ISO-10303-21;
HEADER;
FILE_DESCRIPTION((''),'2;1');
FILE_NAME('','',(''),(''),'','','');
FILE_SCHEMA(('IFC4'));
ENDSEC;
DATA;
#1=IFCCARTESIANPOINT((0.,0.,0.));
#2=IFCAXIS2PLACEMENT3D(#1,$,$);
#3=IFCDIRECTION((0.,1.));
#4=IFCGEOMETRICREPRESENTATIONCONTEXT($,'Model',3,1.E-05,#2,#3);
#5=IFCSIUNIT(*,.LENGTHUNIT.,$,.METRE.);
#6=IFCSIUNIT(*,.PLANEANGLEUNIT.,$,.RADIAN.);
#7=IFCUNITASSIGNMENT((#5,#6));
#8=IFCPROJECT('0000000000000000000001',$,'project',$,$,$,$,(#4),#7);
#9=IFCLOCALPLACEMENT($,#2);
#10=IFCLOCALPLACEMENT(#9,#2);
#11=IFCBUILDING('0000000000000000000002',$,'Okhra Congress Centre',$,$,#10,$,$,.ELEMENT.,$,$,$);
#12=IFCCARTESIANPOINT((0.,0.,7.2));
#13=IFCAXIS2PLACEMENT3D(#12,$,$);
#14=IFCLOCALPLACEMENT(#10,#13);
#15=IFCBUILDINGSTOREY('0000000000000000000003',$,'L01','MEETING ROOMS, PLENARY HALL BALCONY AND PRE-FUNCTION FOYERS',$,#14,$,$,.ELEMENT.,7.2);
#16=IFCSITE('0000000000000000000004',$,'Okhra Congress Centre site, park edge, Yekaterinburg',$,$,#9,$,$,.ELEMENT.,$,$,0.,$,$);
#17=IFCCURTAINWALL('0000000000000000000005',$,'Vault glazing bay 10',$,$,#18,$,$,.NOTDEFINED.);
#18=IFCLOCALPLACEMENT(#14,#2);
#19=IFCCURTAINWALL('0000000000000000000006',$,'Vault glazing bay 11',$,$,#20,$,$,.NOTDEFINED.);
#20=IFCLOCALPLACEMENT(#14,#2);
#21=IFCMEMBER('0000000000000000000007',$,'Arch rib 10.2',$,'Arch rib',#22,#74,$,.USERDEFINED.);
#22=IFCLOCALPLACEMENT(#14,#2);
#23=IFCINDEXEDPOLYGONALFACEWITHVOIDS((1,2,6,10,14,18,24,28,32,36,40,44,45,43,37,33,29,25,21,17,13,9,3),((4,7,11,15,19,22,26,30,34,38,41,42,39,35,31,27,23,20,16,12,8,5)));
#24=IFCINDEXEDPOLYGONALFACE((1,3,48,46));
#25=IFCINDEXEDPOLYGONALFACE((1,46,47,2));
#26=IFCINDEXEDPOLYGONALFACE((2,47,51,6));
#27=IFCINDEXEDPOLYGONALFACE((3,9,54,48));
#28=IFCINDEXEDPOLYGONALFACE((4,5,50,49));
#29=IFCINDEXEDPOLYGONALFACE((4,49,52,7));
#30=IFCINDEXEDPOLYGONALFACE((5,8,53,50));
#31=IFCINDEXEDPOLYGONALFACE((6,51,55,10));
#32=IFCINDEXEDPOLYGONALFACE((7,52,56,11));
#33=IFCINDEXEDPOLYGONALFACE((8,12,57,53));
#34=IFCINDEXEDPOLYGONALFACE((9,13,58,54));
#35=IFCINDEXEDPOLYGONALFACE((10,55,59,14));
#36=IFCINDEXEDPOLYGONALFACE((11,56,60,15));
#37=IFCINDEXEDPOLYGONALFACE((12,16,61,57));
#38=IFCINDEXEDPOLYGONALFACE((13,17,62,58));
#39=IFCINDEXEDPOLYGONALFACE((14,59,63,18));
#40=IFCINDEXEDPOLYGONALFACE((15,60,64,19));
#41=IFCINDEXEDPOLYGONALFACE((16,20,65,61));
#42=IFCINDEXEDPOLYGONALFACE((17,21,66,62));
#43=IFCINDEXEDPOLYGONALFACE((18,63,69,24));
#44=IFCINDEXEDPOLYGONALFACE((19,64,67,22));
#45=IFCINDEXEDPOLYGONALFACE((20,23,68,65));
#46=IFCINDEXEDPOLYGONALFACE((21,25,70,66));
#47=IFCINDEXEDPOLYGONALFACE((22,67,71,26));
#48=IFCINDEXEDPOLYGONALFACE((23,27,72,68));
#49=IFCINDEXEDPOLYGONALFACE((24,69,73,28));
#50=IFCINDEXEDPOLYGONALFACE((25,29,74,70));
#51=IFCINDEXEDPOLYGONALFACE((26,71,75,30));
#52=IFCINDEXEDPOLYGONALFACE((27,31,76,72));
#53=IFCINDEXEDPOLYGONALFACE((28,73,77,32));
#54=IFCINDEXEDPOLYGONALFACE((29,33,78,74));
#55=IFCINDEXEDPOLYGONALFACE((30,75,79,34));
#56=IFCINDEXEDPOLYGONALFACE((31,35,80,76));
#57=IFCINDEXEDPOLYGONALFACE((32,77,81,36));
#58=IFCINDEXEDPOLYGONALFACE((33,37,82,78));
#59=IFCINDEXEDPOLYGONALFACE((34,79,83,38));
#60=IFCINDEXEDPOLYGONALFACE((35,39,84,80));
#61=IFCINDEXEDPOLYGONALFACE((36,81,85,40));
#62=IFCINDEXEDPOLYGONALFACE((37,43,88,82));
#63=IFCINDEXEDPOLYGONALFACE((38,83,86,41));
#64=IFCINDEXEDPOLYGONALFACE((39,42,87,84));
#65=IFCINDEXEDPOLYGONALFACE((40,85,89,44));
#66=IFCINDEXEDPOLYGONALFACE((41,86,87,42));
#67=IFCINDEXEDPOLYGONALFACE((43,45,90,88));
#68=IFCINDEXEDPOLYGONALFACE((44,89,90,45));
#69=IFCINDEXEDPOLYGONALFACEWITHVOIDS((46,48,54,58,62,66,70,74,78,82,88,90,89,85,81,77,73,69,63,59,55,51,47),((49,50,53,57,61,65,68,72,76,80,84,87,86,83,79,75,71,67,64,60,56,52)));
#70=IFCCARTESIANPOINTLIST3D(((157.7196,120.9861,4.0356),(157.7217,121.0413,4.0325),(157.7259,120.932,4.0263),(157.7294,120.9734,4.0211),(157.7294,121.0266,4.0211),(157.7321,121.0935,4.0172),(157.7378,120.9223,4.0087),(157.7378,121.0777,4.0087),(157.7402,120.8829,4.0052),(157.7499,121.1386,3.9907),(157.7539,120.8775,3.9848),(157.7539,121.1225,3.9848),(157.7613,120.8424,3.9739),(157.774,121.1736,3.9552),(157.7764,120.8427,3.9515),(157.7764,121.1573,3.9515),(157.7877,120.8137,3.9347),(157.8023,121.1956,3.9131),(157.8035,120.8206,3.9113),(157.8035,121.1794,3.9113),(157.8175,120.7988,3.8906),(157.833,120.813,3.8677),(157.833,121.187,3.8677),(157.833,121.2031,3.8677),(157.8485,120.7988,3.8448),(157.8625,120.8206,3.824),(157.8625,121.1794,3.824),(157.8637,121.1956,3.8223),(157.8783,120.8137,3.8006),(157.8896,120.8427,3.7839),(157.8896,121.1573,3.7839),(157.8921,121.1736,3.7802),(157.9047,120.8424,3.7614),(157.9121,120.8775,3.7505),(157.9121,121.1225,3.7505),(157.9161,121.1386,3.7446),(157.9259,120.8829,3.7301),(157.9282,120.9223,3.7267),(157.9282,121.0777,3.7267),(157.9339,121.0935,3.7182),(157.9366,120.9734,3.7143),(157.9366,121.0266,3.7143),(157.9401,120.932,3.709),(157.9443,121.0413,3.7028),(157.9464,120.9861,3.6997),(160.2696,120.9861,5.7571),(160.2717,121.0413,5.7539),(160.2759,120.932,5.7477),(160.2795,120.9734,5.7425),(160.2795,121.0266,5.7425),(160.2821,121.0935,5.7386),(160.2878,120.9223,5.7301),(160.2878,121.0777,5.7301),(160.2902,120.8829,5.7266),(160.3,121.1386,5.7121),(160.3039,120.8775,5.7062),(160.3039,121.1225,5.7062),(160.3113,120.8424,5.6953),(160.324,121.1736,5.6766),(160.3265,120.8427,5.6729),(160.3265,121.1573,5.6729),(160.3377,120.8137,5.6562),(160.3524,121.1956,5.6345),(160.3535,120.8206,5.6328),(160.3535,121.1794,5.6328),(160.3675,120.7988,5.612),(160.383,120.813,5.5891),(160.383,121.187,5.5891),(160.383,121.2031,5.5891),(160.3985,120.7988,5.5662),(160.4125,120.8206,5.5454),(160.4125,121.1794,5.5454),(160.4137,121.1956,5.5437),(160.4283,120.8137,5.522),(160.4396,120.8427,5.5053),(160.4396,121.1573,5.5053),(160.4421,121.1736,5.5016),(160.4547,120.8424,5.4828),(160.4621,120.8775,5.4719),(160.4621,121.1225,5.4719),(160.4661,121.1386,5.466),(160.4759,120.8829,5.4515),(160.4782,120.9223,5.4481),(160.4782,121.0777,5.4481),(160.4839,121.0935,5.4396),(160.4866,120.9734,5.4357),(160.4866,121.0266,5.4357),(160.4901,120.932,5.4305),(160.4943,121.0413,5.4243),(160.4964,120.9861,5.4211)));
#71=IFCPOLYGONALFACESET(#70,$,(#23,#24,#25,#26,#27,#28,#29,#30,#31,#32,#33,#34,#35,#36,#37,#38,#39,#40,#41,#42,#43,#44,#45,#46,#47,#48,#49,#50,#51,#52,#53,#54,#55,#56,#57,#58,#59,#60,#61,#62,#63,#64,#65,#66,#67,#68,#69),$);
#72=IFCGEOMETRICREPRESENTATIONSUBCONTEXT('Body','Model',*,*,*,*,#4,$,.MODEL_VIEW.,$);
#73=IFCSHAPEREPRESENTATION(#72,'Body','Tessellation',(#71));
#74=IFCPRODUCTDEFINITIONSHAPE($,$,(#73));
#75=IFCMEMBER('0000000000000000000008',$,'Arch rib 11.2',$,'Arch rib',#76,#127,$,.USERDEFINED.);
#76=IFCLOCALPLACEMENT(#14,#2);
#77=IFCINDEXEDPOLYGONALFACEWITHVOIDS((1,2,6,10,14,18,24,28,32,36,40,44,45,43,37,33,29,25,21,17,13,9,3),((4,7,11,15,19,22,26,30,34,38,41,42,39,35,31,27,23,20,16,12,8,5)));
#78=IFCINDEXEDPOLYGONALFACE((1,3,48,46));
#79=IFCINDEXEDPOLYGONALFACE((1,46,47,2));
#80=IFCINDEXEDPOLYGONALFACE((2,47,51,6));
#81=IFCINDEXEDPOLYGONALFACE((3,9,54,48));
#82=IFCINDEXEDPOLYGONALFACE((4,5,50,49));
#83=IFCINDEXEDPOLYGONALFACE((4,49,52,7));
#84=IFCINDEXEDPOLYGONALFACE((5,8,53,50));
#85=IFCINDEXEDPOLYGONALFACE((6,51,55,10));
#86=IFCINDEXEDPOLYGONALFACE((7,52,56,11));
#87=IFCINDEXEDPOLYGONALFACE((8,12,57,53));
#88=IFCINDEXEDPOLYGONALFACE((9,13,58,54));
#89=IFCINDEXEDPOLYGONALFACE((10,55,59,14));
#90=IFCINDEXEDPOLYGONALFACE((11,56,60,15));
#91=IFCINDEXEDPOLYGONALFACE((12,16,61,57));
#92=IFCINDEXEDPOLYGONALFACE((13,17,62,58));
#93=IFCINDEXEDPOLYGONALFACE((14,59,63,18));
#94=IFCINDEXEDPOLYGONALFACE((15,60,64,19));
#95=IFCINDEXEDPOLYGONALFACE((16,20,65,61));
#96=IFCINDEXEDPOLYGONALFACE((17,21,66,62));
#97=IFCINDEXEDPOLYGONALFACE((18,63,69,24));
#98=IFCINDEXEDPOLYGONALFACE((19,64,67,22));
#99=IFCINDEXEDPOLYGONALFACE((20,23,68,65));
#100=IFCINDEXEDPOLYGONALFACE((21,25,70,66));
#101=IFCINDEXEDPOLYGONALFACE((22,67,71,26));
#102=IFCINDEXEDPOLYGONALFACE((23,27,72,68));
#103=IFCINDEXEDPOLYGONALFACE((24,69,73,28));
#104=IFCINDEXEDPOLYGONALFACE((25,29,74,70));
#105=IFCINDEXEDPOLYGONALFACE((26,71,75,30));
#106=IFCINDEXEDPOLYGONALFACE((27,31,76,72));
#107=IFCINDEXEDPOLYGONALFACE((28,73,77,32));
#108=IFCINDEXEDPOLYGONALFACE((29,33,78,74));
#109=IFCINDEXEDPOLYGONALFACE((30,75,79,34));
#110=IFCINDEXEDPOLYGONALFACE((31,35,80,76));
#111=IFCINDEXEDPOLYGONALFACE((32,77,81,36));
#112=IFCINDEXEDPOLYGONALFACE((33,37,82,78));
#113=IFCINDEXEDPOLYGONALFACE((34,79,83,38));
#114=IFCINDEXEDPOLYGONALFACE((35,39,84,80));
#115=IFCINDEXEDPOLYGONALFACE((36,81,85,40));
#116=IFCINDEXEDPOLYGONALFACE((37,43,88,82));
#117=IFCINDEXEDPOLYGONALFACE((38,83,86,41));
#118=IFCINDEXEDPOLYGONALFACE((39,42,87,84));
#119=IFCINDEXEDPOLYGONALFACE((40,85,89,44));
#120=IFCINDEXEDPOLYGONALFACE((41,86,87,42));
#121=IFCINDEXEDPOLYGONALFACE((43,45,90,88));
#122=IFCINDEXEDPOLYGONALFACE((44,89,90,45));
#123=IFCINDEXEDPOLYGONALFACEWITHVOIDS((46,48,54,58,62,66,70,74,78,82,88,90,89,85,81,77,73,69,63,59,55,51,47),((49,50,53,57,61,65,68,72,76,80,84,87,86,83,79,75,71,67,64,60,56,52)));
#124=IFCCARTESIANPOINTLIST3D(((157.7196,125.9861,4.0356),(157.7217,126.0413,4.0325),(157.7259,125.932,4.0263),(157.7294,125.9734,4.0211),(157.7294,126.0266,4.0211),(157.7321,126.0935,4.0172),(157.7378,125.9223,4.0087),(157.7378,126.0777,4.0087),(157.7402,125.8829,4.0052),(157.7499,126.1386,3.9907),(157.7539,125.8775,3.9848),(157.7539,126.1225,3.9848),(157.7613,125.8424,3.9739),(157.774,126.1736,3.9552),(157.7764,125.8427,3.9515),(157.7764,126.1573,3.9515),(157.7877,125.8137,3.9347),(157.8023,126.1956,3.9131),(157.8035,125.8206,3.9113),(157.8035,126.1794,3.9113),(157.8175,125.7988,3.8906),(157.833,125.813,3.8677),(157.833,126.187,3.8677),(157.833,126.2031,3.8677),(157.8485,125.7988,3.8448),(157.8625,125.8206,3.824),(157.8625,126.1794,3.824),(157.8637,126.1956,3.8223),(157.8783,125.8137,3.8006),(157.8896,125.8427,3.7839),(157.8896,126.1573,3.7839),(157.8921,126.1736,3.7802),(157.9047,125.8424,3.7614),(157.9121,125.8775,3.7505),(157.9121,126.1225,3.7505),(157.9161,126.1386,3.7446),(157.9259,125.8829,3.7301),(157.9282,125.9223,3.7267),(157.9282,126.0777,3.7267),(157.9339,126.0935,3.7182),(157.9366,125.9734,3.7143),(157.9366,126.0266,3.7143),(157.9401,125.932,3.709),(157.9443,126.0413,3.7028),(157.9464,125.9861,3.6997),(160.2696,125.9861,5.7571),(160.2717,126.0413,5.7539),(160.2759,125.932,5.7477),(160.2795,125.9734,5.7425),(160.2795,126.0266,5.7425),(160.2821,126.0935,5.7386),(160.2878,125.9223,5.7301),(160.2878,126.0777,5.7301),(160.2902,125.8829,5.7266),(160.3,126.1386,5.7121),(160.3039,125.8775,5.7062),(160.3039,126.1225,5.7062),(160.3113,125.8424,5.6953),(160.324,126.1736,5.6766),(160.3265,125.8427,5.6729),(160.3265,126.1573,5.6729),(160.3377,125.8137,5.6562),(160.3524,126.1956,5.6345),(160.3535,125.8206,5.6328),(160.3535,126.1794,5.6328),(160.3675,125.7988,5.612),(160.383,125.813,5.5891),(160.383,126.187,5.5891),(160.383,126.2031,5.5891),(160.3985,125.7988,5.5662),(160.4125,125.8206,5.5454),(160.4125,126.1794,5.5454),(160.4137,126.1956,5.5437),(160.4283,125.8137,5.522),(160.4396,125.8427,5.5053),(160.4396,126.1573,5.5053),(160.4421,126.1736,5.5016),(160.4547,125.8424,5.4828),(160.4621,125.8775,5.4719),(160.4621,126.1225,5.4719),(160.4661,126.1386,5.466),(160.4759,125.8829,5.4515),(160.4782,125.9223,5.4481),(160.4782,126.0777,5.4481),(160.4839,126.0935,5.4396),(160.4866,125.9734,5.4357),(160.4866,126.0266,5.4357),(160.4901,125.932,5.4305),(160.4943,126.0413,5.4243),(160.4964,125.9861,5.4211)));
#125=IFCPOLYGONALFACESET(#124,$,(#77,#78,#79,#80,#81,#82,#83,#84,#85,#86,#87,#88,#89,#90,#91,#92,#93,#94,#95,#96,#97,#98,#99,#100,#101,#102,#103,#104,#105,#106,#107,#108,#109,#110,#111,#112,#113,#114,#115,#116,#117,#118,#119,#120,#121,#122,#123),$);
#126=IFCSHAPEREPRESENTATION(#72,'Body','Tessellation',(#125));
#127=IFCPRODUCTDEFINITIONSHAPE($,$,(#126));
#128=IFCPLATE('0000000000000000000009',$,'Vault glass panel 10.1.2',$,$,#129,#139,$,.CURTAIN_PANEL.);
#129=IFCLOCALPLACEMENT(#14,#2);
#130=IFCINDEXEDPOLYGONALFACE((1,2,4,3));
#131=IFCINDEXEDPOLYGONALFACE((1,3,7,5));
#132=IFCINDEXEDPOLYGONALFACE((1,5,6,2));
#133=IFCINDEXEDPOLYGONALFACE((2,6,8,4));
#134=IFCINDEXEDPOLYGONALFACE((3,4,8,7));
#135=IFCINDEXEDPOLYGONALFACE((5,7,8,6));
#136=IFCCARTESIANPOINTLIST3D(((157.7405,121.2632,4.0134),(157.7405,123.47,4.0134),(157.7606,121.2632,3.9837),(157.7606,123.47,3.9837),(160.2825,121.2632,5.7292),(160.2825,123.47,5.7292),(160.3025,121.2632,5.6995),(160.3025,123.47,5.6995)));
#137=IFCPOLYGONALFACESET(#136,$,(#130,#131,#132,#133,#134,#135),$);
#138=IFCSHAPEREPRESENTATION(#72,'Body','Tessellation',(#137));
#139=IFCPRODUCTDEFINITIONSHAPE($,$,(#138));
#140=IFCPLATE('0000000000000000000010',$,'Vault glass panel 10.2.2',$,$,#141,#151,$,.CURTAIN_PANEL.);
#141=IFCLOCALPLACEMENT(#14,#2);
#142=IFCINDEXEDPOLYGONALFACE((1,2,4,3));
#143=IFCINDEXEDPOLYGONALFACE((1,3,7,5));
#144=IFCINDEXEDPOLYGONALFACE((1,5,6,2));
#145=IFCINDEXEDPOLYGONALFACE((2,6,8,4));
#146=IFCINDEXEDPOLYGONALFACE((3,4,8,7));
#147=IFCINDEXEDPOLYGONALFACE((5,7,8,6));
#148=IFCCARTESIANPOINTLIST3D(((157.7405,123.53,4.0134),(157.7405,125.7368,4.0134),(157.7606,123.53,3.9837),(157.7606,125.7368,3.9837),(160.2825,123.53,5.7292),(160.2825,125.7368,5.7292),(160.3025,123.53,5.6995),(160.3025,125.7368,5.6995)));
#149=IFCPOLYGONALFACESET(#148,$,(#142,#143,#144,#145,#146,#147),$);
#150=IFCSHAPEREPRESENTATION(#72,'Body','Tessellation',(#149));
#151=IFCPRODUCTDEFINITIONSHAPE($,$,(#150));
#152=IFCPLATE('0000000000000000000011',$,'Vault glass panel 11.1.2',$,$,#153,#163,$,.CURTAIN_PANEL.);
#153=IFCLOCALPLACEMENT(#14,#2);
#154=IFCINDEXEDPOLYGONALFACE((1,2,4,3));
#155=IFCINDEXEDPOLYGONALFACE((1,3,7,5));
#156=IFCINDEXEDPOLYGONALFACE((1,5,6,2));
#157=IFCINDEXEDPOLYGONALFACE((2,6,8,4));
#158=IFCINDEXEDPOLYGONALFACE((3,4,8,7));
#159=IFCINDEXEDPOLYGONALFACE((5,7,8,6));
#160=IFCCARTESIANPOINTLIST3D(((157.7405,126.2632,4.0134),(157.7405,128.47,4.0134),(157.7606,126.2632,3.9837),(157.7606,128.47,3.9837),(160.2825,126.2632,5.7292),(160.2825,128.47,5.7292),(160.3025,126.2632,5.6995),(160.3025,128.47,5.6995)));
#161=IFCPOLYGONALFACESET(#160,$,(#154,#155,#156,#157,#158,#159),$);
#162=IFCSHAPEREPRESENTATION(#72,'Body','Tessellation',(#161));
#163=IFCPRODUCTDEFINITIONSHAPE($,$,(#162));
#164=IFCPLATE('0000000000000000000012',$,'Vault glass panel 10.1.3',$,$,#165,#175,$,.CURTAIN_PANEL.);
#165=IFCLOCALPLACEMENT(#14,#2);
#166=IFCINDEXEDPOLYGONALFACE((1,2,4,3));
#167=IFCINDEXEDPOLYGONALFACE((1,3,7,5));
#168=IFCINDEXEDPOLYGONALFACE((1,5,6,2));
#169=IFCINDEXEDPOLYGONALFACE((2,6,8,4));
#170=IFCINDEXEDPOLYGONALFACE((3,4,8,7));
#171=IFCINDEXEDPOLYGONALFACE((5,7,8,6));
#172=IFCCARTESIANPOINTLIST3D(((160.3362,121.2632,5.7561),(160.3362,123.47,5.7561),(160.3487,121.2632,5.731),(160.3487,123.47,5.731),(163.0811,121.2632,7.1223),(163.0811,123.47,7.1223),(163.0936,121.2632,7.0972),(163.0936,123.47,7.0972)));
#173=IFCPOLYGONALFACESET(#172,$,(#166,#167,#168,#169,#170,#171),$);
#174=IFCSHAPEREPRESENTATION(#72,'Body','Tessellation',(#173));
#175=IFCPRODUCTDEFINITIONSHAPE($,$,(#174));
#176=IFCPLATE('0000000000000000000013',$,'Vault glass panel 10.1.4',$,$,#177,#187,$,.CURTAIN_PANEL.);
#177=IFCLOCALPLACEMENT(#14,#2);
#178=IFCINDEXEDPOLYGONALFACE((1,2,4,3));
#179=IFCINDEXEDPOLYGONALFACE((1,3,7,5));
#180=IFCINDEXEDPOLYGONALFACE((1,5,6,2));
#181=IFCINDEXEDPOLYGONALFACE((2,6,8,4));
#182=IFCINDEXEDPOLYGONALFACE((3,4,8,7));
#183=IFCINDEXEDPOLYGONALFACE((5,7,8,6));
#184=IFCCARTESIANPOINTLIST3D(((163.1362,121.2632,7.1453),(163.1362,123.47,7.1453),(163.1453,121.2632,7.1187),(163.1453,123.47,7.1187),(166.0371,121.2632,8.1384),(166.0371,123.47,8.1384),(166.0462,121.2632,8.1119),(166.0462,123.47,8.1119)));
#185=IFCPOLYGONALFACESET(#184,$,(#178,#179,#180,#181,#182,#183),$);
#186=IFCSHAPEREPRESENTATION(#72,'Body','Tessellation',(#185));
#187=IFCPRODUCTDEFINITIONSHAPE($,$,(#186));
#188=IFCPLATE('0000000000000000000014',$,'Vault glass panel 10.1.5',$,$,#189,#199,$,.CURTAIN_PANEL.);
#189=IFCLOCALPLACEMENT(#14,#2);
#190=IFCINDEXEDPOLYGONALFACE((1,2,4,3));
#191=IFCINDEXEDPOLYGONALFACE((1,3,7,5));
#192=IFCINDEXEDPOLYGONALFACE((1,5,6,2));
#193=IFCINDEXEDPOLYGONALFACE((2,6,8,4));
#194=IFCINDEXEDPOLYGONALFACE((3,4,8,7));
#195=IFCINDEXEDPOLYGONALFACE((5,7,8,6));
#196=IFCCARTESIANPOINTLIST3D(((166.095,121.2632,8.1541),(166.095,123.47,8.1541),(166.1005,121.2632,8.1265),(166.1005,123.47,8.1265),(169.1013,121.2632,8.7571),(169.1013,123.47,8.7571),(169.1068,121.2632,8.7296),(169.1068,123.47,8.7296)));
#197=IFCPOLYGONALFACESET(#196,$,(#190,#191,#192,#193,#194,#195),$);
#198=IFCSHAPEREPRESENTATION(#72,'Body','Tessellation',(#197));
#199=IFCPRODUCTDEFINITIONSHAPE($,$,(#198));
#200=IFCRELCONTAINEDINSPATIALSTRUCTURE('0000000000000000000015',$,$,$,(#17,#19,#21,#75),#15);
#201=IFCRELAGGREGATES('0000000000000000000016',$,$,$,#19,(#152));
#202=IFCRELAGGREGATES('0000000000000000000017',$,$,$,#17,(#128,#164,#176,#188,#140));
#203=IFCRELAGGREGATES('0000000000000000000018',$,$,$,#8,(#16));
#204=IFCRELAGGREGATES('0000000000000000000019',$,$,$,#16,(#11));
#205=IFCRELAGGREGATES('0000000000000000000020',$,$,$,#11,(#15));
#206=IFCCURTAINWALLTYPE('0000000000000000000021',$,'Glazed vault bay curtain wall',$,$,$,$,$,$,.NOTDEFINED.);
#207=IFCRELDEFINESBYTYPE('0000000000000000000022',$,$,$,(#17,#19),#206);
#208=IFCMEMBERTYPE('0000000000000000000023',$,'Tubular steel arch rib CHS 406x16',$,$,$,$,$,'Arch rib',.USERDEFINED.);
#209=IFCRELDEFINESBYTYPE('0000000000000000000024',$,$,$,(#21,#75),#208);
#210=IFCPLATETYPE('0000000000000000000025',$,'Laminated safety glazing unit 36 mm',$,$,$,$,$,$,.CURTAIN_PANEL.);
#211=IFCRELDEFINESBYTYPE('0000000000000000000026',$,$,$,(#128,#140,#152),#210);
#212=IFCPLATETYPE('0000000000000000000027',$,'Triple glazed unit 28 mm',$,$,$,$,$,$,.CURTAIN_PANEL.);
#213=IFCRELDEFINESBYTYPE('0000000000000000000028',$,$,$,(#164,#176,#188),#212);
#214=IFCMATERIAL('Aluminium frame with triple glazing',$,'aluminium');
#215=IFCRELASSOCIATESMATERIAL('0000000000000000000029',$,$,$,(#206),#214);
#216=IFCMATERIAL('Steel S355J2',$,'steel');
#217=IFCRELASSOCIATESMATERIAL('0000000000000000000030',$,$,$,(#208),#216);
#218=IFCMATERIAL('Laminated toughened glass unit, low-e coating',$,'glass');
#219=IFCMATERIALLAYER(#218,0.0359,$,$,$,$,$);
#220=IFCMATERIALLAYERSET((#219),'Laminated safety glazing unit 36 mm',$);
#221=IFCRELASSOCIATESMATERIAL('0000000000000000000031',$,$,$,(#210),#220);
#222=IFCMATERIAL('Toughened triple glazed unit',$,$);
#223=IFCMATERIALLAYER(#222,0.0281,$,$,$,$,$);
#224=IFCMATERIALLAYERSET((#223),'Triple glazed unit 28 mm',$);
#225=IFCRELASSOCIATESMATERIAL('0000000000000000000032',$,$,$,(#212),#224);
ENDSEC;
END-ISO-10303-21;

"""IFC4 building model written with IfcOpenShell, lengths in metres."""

from ifc_helpers import new_model, si_unit, direction, frame, origin, origin_2d, place, context, subcontext, project, spatial, polyline, hollow_circle, outline, extrude, material, layer, layer_set, material_profile, profile_set, type_object, element, aggregate, save


model = new_model("IFC4")

# Units and contexts
model_context = context("Model", 3, precision=1e-05, world=origin(), true_north=direction((0.0, 1.0)))
body_context = subcontext(model_context, "Body", "Model", "MODEL_VIEW")
ifc_project = project(units=[si_unit("LENGTHUNIT", "METRE"), si_unit("PLANEANGLEUNIT", "RADIAN")], contexts=[model_context])

# Site, building, storey
site_placement = place(None, origin())
site = spatial("IfcSite", under=ifc_project, at=site_placement, Name="Okhra Congress Centre site, park edge, Yekaterinburg", CompositionType="ELEMENT", RefElevation=0.0)
building_placement = place(site_placement, origin())
building = spatial("IfcBuilding", under=site, at=building_placement, Name="Okhra Congress Centre", CompositionType="ELEMENT")
storey_placement = place(building_placement, frame((0.0, 0.0, 7.2)))
storey = spatial("IfcBuildingStorey", under=building, at=storey_placement, Name="L01", Description="MEETING ROOMS, PLENARY HALL BALCONY AND PRE-FUNCTION FOYERS", CompositionType="ELEMENT", Elevation=7.2)

# Curtain walls
ifc_material_1 = material(Name="Aluminium frame with triple glazing", Category="aluminium")
curtain_wall_type = type_object("IfcCurtainWallType", Name="Glazed vault bay curtain wall", PredefinedType="NOTDEFINED", material=ifc_material_1)
curtain_wall_1_placement = place(storey_placement, origin())
curtain_wall_1 = element("IfcCurtainWall", 1, at=curtain_wall_1_placement, inside=storey, type_object=curtain_wall_type, Name="Vault glazing bay 10", PredefinedType="NOTDEFINED")
curtain_wall_2_placement = place(storey_placement, origin())
curtain_wall_2 = element("IfcCurtainWall", 2, at=curtain_wall_2_placement, inside=storey, type_object=curtain_wall_type, Name="Vault glazing bay 11", PredefinedType="NOTDEFINED")

# Members
ifc_material_2 = material(Name="Steel S355J2", Category="steel")
ifc_material_profile_1 = material_profile(ifc_material_2, hollow_circle(Radius=0.2031, WallThickness=0.0161, at=origin_2d()), Name="CHS 406.4x16")
ifc_profile_set_1 = profile_set([ifc_material_profile_1], Name="Steel S355J2")
member_type_1 = type_object("IfcMemberType", Name="Tubular steel arch rib CHS 406x16", ElementType="Arch rib", PredefinedType="USERDEFINED", material=ifc_profile_set_1)
for number, where, z_axis, x_axis, name in (
    (3, (157.833, 121.0, 3.8677), (0.828826, 0.0, 0.559507), (0.0, 1.0, 0.0), "Arch rib 10.2"),
    (4, (157.833, 126.0, 3.8677), (0.828826, 0.0, 0.559507), (0.0, 1.0, 0.0), "Arch rib 11.2"),
):
    element("IfcMember", number, at=place(storey_placement, frame(where, z_axis=z_axis, x_axis=x_axis)), inside=storey, type_object=member_type_1, Name=name, ObjectType="Arch rib", PredefinedType="USERDEFINED", context=body_context, shape_type="SweptSolid", body=[
        extrude(hollow_circle(Radius=0.2031, WallThickness=0.0161, at=origin_2d()), origin(), (0.0, 0.0, 1.0), 3.0767),
    ])

# Plates
ifc_material_3 = material(Name="Laminated toughened glass unit, low-e coating", Category="glass")
ifc_layer_1 = layer(ifc_material_3, 0.0359)
ifc_layer_set_1 = layer_set([ifc_layer_1], Name="Laminated safety glazing unit 36 mm")
plate_type_1 = type_object("IfcPlateType", Name="Laminated safety glazing unit 36 mm", PredefinedType="CURTAIN_PANEL", material=ifc_layer_set_1)
plate_1_placement = place(storey_placement, frame((157.7405, 121.2632, 4.0134), z_axis=(-0.559467, 0.0, 0.828852), x_axis=(0.828852, 0.0, 0.559467)))
plate_1 = element("IfcPlate", 5, at=plate_1_placement, type_object=plate_type_1, Name="Vault glass panel 10.1.2", PredefinedType="CURTAIN_PANEL", context=body_context, shape_type="SweptSolid", body=[
    extrude(outline(polyline([(0.0, 0.0), (3.0669, 0.0), (3.0669, 2.2068), (0.0, 2.2068), (0.0, 0.0)])), origin(), (0.0, 0.0, -1.0), 0.0359),
])
plate_2_placement = place(storey_placement, frame((157.7405, 123.53, 4.0134), z_axis=(-0.559467, 0.0, 0.828852), x_axis=(0.828852, 0.0, 0.559467)))
plate_2 = element("IfcPlate", 6, at=plate_2_placement, type_object=plate_type_1, Name="Vault glass panel 10.2.2", PredefinedType="CURTAIN_PANEL", context=body_context, shape_type="SweptSolid", body=[
    extrude(outline(polyline([(0.0, 0.0), (3.0669, 0.0), (3.0669, 2.2068), (0.0, 2.2068), (0.0, 0.0)])), origin(), (0.0, 0.0, -1.0), 0.0359),
])
plate_3_placement = place(storey_placement, frame((157.7405, 126.2632, 4.0134), z_axis=(-0.559467, 0.0, 0.828852), x_axis=(0.828852, 0.0, 0.559467)))
plate_3 = element("IfcPlate", 7, at=plate_3_placement, type_object=plate_type_1, Name="Vault glass panel 11.1.2", PredefinedType="CURTAIN_PANEL", context=body_context, shape_type="SweptSolid", body=[
    extrude(outline(polyline([(0.0, 0.0), (3.0669, 0.0), (3.0669, 2.2068), (0.0, 2.2068), (0.0, 0.0)])), origin(), (0.0, 0.0, -1.0), 0.0359),
])
aggregate(curtain_wall_2, [plate_3])
ifc_material_4 = material(Name="Toughened triple glazed unit")
ifc_layer_2 = layer(ifc_material_4, 0.0281)
ifc_layer_set_2 = layer_set([ifc_layer_2], Name="Triple glazed unit 28 mm")
plate_type_2 = type_object("IfcPlateType", Name="Triple glazed unit 28 mm", PredefinedType="CURTAIN_PANEL", material=ifc_layer_set_2)
plate_4_placement = place(storey_placement, frame((160.3362, 121.2632, 5.7561), z_axis=(-0.445588, 0.0, 0.895238), x_axis=(0.895238, 0.0, 0.445588)))
plate_4 = element("IfcPlate", 8, at=plate_4_placement, type_object=plate_type_2, Name="Vault glass panel 10.1.3", PredefinedType="CURTAIN_PANEL", context=body_context, shape_type="SweptSolid", body=[
    extrude(outline(polyline([(0.0, 0.0), (3.0661, 0.0), (3.0661, 2.2068), (0.0, 2.2068), (0.0, 0.0)])), origin(), (0.0, 0.0, -1.0), 0.0281),
])
plate_5_placement = place(storey_placement, frame((163.1362, 121.2632, 7.1453), z_axis=(-0.323909, 0.0, 0.946088), x_axis=(0.946088, 0.0, 0.323909)))
plate_5 = element("IfcPlate", 9, at=plate_5_placement, type_object=plate_type_2, Name="Vault glass panel 10.1.4", PredefinedType="CURTAIN_PANEL", context=body_context, shape_type="SweptSolid", body=[
    extrude(outline(polyline([(0.0, 0.0), (3.0662, 0.0), (3.0662, 2.2068), (0.0, 2.2068), (0.0, 0.0)])), origin(), (0.0, 0.0, -1.0), 0.0281),
])
plate_6_placement = place(storey_placement, frame((166.095, 121.2632, 8.1541), z_axis=(-0.196667, 0.0, 0.98047), x_axis=(0.98047, 0.0, 0.196667)))
plate_6 = element("IfcPlate", 10, at=plate_6_placement, type_object=plate_type_2, Name="Vault glass panel 10.1.5", PredefinedType="CURTAIN_PANEL", context=body_context, shape_type="SweptSolid", body=[
    extrude(outline(polyline([(0.0, 0.0), (3.0662, 0.0), (3.0662, 2.2068), (0.0, 2.2068), (0.0, 0.0)])), origin(), (0.0, 0.0, -1.0), 0.0281),
])
aggregate(curtain_wall_1, [plate_1, plate_4, plate_5, plate_6, plate_2])

save(model, "model.ifc")
